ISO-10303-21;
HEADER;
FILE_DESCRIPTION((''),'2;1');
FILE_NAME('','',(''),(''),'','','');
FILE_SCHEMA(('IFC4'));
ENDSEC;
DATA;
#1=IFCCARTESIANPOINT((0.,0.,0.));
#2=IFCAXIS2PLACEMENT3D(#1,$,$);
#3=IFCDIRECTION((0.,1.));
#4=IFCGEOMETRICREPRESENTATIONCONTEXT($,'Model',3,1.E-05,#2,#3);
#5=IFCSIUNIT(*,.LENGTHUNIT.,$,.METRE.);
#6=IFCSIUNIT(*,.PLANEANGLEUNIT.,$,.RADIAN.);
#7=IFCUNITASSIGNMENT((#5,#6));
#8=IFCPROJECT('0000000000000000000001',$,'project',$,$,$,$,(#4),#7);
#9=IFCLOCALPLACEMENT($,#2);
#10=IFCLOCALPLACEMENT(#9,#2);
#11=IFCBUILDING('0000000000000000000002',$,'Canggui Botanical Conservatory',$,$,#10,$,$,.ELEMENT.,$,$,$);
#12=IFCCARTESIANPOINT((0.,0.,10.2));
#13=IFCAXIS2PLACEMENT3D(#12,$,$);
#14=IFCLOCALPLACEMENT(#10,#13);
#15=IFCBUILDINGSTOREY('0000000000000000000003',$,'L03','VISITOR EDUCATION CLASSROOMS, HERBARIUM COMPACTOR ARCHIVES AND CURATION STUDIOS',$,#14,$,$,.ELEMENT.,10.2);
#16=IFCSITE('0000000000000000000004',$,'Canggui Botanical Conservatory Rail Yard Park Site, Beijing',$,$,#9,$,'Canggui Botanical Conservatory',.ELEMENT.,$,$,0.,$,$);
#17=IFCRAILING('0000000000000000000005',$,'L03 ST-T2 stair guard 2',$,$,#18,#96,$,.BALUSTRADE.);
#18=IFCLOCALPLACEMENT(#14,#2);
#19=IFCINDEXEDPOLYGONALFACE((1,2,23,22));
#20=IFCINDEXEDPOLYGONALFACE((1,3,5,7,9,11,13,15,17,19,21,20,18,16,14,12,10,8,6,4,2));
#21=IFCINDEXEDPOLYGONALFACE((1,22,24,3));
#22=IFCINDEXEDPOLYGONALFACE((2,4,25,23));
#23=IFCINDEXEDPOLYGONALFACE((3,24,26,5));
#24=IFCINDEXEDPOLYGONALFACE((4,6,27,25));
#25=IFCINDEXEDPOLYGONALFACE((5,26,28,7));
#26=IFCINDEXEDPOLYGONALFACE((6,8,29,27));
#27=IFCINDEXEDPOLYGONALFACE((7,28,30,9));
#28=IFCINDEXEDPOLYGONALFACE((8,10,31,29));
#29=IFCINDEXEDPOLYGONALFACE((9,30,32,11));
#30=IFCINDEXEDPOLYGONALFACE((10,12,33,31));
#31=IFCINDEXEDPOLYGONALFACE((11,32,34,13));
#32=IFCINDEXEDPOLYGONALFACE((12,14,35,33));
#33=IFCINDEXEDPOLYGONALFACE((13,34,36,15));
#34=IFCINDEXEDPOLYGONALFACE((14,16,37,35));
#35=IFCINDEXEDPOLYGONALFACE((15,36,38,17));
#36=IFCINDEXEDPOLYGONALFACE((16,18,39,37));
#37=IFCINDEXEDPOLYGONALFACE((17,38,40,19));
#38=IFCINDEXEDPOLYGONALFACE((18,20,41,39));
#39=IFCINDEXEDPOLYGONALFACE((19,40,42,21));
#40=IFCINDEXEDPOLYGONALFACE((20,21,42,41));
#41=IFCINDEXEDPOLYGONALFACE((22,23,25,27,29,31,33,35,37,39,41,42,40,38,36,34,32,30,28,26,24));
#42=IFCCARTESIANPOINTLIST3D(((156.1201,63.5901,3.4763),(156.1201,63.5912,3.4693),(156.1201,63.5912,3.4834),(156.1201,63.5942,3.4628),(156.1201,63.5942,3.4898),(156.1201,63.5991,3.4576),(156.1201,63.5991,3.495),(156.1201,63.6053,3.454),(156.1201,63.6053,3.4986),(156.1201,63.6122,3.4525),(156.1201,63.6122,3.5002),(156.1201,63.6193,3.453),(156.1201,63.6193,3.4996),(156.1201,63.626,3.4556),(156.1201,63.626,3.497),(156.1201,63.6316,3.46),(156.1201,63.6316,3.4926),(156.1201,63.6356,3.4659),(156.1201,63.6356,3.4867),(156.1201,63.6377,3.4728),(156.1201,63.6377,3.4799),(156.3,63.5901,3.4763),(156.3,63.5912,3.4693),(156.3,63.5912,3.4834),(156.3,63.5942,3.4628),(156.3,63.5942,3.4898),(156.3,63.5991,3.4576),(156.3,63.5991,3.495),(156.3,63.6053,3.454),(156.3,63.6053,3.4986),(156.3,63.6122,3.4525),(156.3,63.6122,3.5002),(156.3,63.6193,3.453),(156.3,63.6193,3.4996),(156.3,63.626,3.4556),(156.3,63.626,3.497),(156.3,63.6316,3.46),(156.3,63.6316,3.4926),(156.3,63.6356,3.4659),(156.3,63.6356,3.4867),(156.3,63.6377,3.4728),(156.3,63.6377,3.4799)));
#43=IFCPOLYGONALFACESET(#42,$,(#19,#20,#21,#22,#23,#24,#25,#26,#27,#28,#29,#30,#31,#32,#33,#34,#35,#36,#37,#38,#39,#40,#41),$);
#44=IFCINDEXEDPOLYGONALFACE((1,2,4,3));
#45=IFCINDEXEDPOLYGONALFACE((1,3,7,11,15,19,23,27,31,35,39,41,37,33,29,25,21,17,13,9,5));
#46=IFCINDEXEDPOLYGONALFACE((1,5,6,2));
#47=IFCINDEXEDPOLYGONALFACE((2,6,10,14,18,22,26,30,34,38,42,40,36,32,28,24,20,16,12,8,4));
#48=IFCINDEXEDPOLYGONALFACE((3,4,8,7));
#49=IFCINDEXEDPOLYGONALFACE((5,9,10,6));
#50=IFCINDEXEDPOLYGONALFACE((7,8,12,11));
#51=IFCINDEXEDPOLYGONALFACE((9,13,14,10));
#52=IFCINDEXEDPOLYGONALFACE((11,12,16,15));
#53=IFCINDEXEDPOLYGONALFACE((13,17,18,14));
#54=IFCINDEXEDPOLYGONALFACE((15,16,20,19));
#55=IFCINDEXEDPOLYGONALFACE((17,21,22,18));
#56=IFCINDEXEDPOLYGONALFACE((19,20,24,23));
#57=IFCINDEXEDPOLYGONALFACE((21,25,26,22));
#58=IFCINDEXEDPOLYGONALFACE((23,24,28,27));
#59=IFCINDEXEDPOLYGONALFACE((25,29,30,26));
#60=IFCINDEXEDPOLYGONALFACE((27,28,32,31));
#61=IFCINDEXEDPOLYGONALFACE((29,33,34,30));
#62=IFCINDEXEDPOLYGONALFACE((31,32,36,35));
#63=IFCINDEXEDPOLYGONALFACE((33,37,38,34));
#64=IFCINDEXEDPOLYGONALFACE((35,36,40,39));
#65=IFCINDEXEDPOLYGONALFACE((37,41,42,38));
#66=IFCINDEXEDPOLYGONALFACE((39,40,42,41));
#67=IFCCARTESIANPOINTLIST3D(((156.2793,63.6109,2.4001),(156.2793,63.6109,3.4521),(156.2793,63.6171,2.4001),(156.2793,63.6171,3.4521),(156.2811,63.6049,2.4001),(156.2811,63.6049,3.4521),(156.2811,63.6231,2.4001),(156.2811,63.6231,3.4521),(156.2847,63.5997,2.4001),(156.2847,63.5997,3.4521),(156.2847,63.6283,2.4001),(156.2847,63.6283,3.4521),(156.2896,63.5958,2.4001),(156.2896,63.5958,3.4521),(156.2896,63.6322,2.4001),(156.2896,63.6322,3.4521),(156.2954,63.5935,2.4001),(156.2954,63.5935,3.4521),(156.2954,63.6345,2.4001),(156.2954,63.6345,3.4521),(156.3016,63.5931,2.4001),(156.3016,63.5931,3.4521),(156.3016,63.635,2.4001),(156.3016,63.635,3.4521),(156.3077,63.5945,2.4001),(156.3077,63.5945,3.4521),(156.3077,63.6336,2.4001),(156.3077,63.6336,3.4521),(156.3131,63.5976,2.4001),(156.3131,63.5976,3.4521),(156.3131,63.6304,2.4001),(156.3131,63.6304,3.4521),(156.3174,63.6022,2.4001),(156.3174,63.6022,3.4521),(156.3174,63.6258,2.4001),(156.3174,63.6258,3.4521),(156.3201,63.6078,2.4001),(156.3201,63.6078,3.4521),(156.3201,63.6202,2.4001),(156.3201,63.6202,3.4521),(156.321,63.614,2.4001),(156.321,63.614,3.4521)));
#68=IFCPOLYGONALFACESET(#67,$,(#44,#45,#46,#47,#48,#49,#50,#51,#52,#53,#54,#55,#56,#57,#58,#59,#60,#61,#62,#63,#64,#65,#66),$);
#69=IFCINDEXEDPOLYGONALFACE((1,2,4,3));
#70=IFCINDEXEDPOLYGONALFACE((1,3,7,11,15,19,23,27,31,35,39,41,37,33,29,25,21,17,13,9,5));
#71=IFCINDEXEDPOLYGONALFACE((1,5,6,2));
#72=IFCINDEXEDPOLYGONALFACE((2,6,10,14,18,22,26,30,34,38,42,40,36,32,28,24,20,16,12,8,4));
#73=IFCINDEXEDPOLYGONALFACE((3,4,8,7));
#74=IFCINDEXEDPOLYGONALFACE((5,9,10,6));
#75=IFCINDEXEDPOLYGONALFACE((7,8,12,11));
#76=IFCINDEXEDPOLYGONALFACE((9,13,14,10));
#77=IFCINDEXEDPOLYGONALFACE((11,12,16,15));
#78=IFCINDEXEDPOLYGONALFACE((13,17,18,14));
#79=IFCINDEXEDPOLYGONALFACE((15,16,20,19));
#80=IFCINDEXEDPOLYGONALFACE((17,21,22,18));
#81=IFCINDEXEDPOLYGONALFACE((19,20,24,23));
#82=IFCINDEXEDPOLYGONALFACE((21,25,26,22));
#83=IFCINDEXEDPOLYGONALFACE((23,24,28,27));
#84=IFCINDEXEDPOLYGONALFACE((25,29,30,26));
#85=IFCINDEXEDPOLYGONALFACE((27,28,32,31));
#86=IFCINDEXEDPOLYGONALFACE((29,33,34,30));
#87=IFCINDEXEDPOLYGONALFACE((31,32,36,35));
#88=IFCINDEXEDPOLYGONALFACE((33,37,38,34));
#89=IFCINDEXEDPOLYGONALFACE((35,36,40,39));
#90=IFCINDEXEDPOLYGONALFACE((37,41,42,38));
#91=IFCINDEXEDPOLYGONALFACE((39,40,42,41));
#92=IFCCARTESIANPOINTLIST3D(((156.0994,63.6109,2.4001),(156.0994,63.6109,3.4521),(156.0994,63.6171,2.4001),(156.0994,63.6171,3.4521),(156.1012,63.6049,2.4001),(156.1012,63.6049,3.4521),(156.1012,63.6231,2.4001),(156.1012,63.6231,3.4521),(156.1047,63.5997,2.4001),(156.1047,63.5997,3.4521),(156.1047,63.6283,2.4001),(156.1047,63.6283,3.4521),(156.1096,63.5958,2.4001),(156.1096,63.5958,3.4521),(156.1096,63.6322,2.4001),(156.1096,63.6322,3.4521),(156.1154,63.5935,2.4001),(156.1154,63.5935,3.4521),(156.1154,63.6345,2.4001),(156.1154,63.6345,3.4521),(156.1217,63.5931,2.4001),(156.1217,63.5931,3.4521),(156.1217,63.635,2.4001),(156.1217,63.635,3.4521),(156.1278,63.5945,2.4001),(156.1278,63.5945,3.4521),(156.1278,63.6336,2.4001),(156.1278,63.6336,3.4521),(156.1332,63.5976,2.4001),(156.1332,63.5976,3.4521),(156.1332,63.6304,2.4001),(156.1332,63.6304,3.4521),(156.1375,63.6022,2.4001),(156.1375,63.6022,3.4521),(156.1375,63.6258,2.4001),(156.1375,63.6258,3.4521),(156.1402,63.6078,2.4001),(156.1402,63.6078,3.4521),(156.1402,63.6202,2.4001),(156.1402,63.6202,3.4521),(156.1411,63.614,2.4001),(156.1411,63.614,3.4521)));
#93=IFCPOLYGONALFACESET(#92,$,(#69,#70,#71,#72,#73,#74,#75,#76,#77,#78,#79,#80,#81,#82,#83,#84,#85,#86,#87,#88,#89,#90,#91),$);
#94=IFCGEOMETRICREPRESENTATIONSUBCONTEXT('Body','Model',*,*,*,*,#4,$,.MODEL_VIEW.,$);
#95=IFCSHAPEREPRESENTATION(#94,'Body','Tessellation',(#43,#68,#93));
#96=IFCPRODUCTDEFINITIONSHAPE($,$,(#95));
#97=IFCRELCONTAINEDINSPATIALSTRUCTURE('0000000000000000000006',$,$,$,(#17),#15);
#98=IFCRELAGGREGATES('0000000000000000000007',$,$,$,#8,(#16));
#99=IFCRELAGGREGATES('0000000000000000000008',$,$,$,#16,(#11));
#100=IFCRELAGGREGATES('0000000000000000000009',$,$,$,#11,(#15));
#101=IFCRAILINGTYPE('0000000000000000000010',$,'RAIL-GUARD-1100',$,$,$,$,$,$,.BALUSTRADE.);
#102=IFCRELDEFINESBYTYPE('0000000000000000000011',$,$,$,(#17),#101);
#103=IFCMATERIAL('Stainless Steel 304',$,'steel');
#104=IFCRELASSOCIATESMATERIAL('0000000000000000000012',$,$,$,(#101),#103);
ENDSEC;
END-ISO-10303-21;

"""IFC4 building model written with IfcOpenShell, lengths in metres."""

from ifc_helpers import new_model, si_unit, direction, frame, origin, origin_2d, place, context, subcontext, project, spatial, circle, extrude, material, type_object, element, save


model = new_model("IFC4")

# Units and contexts
model_context = context("Model", 3, precision=1e-05, world=origin(), true_north=direction((0.0, 1.0)))
body_context = subcontext(model_context, "Body", "Model", "MODEL_VIEW")
ifc_project = project(units=[si_unit("LENGTHUNIT", "METRE"), si_unit("PLANEANGLEUNIT", "RADIAN")], contexts=[model_context])

# Site, building, storey
site_placement = place(None, origin())
site = spatial("IfcSite", under=ifc_project, at=site_placement, Name="Canggui Botanical Conservatory Rail Yard Park Site, Beijing", LongName="Canggui Botanical Conservatory", CompositionType="ELEMENT", RefElevation=0.0)
building_placement = place(site_placement, origin())
building = spatial("IfcBuilding", under=site, at=building_placement, Name="Canggui Botanical Conservatory", CompositionType="ELEMENT")
storey_placement = place(building_placement, frame((0.0, 0.0, 10.2)))
storey = spatial("IfcBuildingStorey", under=building, at=storey_placement, Name="L03", Description="VISITOR EDUCATION CLASSROOMS, HERBARIUM COMPACTOR ARCHIVES AND CURATION STUDIOS", CompositionType="ELEMENT", Elevation=10.2)

# Shared definitions
ifc_material_1 = material(Name="Stainless Steel 304", Category="steel")

# Railing
railing_type_1 = type_object("IfcRailingType", Name="RAIL-GUARD-1100", PredefinedType="BALUSTRADE", material=ifc_material_1)
railing_1_placement = place(storey_placement, frame((156.3, 63.614, 2.4001)))
element("IfcRailing", 1, at=railing_1_placement, inside=storey, type_object=railing_type_1, Name="L03 ST-T2 stair guard 2", PredefinedType="BALUSTRADE", context=body_context, shape_type="SweptSolid", body=[
    extrude(circle(Radius=0.0239, at=origin_2d()), frame((0.0, 0.0, 1.0762), z_axis=(-1.0, 0.0, 0.0), x_axis=(0.0, -1.0, 0.0)), (0.0, 0.0, 1.0), 0.1799),
    extrude(circle(Radius=0.021, at=origin_2d()), origin(), (0.0, 0.0, 1.0), 1.052),
    extrude(circle(Radius=0.021, at=origin_2d()), frame((-0.1799, 0.0, 0.0)), (0.0, 0.0, 1.0), 1.052),
])

save(model, "model.ifc")
